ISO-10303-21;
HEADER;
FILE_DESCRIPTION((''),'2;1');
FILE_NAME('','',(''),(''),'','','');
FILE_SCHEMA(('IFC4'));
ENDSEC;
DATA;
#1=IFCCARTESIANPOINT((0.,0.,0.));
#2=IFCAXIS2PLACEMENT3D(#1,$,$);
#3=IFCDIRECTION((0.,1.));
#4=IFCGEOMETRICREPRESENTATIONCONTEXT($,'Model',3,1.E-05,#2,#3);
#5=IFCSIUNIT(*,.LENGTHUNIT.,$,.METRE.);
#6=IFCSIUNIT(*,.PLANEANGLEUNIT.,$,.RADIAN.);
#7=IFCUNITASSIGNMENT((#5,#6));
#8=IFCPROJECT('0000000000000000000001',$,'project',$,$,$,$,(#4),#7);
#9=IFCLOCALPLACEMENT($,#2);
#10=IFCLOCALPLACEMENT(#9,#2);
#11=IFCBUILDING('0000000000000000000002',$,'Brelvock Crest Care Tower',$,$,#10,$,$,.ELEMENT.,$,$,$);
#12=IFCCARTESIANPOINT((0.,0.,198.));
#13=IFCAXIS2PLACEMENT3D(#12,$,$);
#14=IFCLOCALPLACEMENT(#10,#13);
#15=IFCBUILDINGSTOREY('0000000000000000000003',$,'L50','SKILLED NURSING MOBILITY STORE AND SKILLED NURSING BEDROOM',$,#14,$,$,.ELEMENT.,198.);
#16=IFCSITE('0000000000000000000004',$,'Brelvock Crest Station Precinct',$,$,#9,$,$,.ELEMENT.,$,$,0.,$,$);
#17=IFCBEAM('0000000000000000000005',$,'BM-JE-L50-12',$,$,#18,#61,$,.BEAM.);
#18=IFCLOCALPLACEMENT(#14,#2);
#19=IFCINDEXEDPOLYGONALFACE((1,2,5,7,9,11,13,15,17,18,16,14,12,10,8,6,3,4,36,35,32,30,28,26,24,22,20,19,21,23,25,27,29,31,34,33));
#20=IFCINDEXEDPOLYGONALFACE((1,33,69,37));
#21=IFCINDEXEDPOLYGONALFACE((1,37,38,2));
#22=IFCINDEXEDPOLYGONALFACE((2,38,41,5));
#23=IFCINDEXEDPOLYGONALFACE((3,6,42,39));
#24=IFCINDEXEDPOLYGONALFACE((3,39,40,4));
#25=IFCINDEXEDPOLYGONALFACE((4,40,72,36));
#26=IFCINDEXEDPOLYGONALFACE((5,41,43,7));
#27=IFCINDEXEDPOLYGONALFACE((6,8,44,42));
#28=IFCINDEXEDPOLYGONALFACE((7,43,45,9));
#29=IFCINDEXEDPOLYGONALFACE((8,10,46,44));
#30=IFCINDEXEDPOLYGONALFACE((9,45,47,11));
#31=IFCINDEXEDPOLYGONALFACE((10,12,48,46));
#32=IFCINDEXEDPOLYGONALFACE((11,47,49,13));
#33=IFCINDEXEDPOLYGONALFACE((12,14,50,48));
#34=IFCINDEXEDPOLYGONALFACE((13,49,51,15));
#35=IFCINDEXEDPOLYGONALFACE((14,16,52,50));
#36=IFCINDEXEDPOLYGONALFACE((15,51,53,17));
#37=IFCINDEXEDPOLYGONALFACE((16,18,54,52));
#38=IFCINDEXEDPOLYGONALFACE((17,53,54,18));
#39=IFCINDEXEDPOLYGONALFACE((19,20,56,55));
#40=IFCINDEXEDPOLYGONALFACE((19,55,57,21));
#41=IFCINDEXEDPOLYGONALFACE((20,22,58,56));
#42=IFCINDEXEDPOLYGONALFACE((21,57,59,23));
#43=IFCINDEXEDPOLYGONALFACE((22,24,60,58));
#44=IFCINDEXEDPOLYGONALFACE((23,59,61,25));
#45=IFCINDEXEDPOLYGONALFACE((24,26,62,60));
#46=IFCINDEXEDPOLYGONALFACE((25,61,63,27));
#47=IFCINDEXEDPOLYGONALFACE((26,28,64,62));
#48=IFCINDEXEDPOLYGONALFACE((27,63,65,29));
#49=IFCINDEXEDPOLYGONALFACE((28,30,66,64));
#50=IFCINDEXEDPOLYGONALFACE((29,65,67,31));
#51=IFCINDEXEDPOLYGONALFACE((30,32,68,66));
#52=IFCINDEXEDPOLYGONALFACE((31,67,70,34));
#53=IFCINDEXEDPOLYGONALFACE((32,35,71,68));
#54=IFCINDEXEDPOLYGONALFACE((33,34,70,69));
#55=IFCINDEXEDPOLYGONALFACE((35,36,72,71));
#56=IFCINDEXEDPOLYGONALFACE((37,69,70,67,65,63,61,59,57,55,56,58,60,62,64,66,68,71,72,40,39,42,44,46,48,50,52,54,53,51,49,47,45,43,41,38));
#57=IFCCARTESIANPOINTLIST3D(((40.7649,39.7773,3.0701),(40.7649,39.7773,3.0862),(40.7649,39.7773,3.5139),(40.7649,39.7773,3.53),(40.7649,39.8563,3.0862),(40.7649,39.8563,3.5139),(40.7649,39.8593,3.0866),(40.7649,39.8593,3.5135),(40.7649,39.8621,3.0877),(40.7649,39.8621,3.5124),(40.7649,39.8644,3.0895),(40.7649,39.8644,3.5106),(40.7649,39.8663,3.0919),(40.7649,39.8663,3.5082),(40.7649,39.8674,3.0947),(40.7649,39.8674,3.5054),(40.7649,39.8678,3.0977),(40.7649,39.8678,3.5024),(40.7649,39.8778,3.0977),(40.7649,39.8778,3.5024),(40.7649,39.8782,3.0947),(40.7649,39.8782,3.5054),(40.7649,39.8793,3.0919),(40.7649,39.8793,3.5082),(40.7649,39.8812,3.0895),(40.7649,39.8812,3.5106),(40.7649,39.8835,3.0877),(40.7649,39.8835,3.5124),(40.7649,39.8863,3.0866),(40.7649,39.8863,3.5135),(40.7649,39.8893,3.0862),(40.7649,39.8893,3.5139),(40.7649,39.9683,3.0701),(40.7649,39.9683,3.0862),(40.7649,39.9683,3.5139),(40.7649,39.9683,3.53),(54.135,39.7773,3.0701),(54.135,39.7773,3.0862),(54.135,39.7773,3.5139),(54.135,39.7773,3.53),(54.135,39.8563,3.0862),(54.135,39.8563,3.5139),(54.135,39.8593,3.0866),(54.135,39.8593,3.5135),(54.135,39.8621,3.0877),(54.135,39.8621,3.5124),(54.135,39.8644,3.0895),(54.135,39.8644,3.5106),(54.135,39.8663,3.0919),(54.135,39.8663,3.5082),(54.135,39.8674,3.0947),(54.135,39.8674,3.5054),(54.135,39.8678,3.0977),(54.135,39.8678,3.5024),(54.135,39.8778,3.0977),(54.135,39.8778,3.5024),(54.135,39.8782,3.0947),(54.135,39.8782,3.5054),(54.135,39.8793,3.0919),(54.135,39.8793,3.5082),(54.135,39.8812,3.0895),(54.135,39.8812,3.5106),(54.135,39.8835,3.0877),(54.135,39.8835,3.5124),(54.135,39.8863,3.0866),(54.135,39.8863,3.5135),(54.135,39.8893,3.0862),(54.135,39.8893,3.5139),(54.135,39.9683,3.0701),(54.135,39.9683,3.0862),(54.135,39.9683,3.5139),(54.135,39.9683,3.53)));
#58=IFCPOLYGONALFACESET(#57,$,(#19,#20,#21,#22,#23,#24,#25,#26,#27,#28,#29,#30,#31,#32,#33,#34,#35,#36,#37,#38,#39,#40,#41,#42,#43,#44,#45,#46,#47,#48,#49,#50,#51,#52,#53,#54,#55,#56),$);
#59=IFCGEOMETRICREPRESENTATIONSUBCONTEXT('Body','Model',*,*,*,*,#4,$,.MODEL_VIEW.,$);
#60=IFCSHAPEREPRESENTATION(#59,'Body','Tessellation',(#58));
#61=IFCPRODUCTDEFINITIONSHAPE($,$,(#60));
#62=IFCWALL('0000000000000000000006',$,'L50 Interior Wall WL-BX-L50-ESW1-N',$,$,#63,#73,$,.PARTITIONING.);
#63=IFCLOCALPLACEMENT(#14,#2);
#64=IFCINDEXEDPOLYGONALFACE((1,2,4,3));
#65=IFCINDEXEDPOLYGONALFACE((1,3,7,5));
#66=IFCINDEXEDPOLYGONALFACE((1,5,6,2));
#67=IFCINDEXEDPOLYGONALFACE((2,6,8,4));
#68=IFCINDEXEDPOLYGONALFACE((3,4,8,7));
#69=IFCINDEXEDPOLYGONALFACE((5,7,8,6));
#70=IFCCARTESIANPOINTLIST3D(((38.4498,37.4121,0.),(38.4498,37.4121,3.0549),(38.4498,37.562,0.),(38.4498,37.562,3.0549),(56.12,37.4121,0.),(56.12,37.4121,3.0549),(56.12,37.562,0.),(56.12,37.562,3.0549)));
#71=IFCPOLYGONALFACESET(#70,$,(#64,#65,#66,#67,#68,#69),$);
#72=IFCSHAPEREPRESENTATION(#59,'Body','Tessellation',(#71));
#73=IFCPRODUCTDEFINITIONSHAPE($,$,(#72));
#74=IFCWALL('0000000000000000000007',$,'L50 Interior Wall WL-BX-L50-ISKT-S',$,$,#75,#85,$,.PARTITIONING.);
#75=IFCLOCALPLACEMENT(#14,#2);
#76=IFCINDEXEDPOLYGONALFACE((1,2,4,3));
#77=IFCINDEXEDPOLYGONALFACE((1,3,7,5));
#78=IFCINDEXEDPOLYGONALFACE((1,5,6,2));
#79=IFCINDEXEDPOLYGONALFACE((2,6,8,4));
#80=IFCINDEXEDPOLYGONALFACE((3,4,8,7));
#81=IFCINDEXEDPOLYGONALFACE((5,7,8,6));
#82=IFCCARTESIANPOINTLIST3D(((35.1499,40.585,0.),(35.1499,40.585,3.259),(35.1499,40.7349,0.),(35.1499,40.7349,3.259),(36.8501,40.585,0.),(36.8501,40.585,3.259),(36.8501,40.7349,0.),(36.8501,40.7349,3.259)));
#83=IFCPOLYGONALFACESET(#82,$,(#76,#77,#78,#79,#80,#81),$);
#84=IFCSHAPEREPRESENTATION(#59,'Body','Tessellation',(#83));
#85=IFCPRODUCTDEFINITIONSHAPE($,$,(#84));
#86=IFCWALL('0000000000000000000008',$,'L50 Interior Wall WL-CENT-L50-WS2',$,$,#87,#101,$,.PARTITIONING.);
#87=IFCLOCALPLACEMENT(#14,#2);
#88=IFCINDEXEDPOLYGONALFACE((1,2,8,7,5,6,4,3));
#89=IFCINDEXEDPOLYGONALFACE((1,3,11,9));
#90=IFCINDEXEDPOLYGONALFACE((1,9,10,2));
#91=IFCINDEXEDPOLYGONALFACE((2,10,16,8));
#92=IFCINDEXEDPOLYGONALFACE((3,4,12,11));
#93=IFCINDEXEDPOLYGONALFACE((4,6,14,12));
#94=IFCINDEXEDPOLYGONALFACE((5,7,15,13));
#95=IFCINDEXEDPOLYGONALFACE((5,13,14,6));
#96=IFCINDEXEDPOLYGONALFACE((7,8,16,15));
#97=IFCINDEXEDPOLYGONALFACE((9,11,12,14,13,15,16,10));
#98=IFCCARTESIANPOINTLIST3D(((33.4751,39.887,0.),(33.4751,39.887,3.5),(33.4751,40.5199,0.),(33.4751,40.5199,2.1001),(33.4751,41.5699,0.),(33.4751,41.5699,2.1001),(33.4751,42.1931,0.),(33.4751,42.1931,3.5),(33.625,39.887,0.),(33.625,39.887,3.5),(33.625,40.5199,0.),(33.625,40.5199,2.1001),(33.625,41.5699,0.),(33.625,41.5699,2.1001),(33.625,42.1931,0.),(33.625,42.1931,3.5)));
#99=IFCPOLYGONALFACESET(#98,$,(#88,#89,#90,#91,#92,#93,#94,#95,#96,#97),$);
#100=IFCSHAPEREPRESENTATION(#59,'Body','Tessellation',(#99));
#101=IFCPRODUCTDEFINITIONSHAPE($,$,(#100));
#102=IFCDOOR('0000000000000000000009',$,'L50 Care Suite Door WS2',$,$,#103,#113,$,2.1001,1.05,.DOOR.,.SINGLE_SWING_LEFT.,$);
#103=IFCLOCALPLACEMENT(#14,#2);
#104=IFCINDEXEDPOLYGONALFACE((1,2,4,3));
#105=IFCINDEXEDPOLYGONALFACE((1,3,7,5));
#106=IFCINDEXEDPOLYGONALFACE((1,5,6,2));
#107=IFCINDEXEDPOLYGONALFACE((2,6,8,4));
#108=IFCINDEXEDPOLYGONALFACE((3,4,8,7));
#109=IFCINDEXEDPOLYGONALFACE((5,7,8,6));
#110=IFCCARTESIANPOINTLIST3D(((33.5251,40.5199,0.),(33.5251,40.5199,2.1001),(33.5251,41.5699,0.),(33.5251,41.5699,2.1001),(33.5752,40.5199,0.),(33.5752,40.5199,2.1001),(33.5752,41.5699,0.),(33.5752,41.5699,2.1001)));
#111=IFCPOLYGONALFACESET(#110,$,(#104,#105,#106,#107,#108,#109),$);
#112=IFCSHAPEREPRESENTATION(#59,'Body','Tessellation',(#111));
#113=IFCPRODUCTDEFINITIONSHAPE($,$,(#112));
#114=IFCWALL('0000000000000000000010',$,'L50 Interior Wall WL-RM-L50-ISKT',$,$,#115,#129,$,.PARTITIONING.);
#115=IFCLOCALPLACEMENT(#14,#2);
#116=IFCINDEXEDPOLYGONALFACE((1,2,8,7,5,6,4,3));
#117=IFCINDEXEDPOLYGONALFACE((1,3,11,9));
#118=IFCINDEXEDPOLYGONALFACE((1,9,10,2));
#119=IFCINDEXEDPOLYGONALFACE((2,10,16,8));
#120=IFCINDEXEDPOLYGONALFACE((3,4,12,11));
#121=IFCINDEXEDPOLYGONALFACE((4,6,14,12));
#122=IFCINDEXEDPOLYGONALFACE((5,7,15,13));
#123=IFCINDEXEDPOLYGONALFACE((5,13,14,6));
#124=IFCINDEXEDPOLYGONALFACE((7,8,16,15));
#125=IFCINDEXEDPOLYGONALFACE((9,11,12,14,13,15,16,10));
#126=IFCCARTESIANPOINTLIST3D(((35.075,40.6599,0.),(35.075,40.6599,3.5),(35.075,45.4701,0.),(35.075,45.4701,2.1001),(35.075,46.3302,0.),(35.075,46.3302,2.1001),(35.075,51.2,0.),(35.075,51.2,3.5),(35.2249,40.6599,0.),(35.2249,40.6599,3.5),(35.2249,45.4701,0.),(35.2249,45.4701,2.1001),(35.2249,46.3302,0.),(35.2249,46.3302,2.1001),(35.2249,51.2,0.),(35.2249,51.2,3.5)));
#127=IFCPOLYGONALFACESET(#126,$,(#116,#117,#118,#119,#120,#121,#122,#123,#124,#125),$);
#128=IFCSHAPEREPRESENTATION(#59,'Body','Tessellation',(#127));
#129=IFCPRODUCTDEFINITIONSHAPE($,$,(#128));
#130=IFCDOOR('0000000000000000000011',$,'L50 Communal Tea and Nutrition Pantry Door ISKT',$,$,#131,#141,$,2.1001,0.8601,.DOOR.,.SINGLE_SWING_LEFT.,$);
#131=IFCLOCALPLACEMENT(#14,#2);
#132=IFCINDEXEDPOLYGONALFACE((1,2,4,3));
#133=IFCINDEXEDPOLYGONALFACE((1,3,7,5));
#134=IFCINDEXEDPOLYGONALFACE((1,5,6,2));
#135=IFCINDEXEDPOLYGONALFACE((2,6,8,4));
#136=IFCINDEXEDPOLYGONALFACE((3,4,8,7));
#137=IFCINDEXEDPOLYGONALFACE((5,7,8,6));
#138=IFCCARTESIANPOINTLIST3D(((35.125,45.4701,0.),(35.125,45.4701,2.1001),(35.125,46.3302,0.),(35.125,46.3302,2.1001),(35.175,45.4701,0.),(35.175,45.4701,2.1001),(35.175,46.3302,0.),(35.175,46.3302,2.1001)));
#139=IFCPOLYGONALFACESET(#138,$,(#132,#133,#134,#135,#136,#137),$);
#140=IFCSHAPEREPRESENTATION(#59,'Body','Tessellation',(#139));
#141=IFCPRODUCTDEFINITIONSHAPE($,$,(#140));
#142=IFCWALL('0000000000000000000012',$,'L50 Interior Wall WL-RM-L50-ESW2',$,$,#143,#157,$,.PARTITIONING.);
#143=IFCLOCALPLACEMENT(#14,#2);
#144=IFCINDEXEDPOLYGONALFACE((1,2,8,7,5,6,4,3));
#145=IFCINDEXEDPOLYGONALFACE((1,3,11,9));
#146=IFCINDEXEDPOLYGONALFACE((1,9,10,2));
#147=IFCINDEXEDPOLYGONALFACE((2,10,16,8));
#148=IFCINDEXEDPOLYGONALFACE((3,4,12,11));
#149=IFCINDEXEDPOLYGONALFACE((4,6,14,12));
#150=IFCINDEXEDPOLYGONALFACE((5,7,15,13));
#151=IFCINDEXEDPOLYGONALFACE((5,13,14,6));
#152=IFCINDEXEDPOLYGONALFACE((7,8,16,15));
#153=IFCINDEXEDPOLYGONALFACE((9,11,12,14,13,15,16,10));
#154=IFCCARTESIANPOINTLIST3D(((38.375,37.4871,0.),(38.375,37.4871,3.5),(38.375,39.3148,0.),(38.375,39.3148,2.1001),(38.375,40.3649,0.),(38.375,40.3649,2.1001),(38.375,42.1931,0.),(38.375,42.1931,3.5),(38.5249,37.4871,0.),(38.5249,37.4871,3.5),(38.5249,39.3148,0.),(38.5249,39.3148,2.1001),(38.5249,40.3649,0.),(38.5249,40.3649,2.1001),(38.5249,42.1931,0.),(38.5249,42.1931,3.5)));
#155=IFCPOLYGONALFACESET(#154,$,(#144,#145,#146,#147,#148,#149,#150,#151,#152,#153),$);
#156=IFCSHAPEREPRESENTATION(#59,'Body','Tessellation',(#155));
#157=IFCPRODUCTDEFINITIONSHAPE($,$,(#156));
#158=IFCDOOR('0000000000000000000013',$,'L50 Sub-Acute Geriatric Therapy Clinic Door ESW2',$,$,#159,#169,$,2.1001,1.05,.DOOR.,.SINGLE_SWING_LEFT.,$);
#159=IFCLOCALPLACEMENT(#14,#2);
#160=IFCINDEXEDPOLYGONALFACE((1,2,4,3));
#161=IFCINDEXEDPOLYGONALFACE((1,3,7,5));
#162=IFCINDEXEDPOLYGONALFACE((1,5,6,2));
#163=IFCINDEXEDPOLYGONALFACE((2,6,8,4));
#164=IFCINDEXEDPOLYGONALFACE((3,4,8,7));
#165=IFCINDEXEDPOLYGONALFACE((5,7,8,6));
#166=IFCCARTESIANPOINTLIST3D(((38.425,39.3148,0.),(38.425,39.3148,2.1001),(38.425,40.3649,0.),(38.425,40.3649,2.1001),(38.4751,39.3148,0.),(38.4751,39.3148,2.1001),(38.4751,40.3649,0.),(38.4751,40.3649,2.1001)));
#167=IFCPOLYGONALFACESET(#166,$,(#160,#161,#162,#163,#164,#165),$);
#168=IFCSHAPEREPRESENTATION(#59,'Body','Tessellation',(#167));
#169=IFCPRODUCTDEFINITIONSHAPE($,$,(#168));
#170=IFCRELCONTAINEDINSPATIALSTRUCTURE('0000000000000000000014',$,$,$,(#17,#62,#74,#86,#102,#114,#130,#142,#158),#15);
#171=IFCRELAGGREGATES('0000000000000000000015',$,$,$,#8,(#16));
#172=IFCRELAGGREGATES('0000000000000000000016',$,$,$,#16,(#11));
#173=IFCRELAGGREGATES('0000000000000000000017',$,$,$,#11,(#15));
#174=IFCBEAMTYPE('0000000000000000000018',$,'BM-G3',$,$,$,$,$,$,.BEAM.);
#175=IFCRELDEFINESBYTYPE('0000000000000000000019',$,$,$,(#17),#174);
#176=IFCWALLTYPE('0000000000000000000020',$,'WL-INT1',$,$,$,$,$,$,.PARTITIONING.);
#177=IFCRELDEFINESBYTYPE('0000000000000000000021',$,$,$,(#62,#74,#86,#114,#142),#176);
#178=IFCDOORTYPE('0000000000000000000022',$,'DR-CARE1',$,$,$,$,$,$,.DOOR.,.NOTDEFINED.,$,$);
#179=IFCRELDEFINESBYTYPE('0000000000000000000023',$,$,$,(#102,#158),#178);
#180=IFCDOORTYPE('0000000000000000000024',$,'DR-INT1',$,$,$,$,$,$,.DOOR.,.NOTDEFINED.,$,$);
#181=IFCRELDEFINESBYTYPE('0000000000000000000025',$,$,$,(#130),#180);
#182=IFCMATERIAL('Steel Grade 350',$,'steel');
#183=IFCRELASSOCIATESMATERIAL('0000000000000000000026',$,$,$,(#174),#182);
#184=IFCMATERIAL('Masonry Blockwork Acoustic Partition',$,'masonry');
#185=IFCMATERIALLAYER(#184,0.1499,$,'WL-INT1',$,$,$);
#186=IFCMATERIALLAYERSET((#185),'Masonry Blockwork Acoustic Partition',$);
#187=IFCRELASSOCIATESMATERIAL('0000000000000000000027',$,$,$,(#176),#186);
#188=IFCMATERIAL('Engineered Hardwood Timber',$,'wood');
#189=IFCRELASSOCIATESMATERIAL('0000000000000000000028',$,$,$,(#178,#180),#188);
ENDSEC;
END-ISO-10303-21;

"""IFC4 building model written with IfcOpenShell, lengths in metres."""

from ifc_helpers import new_model, si_unit, direction, frame, frame_2d, origin, origin_2d, place, context, subcontext, project, spatial, rectangle, i_section, extrude, source, transform, mapped, material, layer, layer_set, material_profile, profile_set, type_object, element, fill, save


model = new_model("IFC4")

# Units and contexts
model_context = context("Model", 3, precision=1e-05, world=origin(), true_north=direction((0.0, 1.0)))
body_context = subcontext(model_context, "Body", "Model", "MODEL_VIEW")
ifc_project = project(units=[si_unit("LENGTHUNIT", "METRE"), si_unit("PLANEANGLEUNIT", "RADIAN")], contexts=[model_context])

# Site, building, storey
site_placement = place(None, origin())
site = spatial("IfcSite", under=ifc_project, at=site_placement, Name="Brelvock Crest Station Precinct", CompositionType="ELEMENT", RefElevation=0.0)
building_placement = place(site_placement, origin())
building = spatial("IfcBuilding", under=site, at=building_placement, Name="Brelvock Crest Care Tower", CompositionType="ELEMENT")
storey_placement = place(building_placement, frame((0.0, 0.0, 198.0)))
storey = spatial("IfcBuildingStorey", under=building, at=storey_placement, Name="L50", Description="SKILLED NURSING MOBILITY STORE AND SKILLED NURSING BEDROOM", CompositionType="ELEMENT", Elevation=198.0)

# Beam
ifc_material_1 = material(Name="Steel Grade 350", Category="steel")
ifc_material_profile_1 = material_profile(ifc_material_1, i_section(OverallWidth=0.1909, OverallDepth=0.46, WebThickness=0.01, FlangeThickness=0.0161, FilletRadius=0.0115, at=origin_2d()), Name="460UB82.1")
ifc_profile_set_1 = profile_set([ifc_material_profile_1], Name="Steel Grade 350")
beam_type_1 = type_object("IfcBeamType", Name="BM-G3", PredefinedType="BEAM", material=ifc_profile_set_1)
shared_shape_1 = source(origin(), body_context, "Body", "SweptSolid", [
    extrude(i_section(OverallWidth=0.1909, OverallDepth=0.46, WebThickness=0.01, FlangeThickness=0.0161, FilletRadius=0.0115, at=origin_2d()), origin(), (0.0, 0.0, 1.0), 13.3701),
])
for number, where, z_axis, x_axis, name in (
    (1, (40.7649, 39.8728, 3.3), (1.0, 0.0, 0.0), (0.0, 1.0, 0.0), "BM-JE-L50-12"),
):
    element("IfcBeam", number, at=place(storey_placement, frame(where, z_axis=z_axis, x_axis=x_axis)), inside=storey, type_object=beam_type_1, Name=name, PredefinedType="BEAM", context=body_context, shape_type="MappedRepresentation", body=[
        mapped(shared_shape_1, transform((0.0, 0.0, 0.0), x_axis=(1.0, 0.0, 0.0), y_axis=(0.0, 1.0, 0.0), z_axis=(0.0, 0.0, 1.0), scale=1.0)),
    ])

# Walls
ifc_material_2 = material(Name="Masonry Blockwork Acoustic Partition", Category="masonry")
ifc_layer_1 = layer(ifc_material_2, 0.1499, Name="WL-INT1")
ifc_layer_set_1 = layer_set([ifc_layer_1], Name="Masonry Blockwork Acoustic Partition")
wall_type_1 = type_object("IfcWallType", Name="WL-INT1", PredefinedType="PARTITIONING", material=ifc_layer_set_1)
wall_1_placement = place(storey_placement, frame((38.45, 37.4871, 0.0), z_axis=(0.0, 0.0, 1.0), x_axis=(1.0, 0.0, 0.0)))
element("IfcWall", 2, at=wall_1_placement, inside=storey, type_object=wall_type_1, Name="L50 Interior Wall WL-BX-L50-ESW1-N", PredefinedType="PARTITIONING", context=body_context, shape_type="SweptSolid", body=[
    extrude(rectangle(XDim=17.6702, YDim=0.1499, at=frame_2d((8.835, 0.0))), origin(), (0.0, 0.0, 1.0), 3.0549),
])
wall_2_placement = place(storey_placement, frame((35.1499, 40.6599, 0.0), z_axis=(0.0, 0.0, 1.0), x_axis=(1.0, 0.0, 0.0)))
element("IfcWall", 3, at=wall_2_placement, inside=storey, type_object=wall_type_1, Name="L50 Interior Wall WL-BX-L50-ISKT-S", PredefinedType="PARTITIONING", context=body_context, shape_type="SweptSolid", body=[
    extrude(rectangle(XDim=1.7002, YDim=0.1499, at=frame_2d((0.8501, 0.0))), origin(), (0.0, 0.0, 1.0), 3.259),
])

# Walls, openings, doors
wall_3_placement = place(storey_placement, frame((33.55, 39.887, 0.0), z_axis=(0.0, 0.0, 1.0), x_axis=(0.0, 1.0, 0.0)))
wall_3 = element("IfcWall", 4, at=wall_3_placement, inside=storey, type_object=wall_type_1, Name="L50 Interior Wall WL-CENT-L50-WS2", PredefinedType="PARTITIONING", context=body_context, shape_type="SweptSolid", body=[
    extrude(rectangle(XDim=2.3062, YDim=0.1499, at=frame_2d((1.1531, 0.0))), origin(), (0.0, 0.0, 1.0), 3.5),
])
opening_1_placement = place(wall_3_placement, frame((0.6331, 0.0, 0.0)))
opening_1 = element("IfcOpeningElement", 5, at=opening_1_placement, cuts=wall_3, PredefinedType="OPENING", context=body_context, shape_type="SweptSolid", body=[
    extrude(rectangle(XDim=1.05, YDim=2.1001, at=origin_2d()), frame((0.5249, 0.085, 1.05), z_axis=(0.0, -1.0, 0.0), x_axis=(1.0, 0.0, 0.0)), (0.0, 0.0, 1.0), 0.1699),
])
ifc_material_3 = material(Name="Engineered Hardwood Timber", Category="wood")
door_type_1 = type_object("IfcDoorType", Name="DR-CARE1", OperationType="NOTDEFINED", PredefinedType="DOOR", material=ifc_material_3)
shared_shape_2 = source(origin(), body_context, "Body", "SweptSolid", [
    extrude(rectangle(XDim=1.05, YDim=2.1001, at=origin_2d()), frame((0.5249, 0.0249, 1.05), z_axis=(0.0, -1.0, 0.0), x_axis=(1.0, 0.0, 0.0)), (0.0, 0.0, 1.0), 0.05),
])
door_1_placement = place(opening_1_placement, origin())
door_1 = element("IfcDoor", 6, at=door_1_placement, inside=storey, type_object=door_type_1, Name="L50 Care Suite Door WS2", OperationType="SINGLE_SWING_LEFT", OverallHeight=2.1001, OverallWidth=1.05, PredefinedType="DOOR", context=body_context, shape_type="MappedRepresentation", body=[
    mapped(shared_shape_2, transform((0.0, 0.0, 0.0), x_axis=(1.0, 0.0, 0.0), y_axis=(0.0, 1.0, 0.0), z_axis=(0.0, 0.0, 1.0), scale=1.0)),
])
fill(opening_1, door_1)
wall_4_placement = place(storey_placement, frame((35.1499, 40.6599, 0.0), z_axis=(0.0, 0.0, 1.0), x_axis=(0.0, 1.0, 0.0)))
wall_4 = element("IfcWall", 7, at=wall_4_placement, inside=storey, type_object=wall_type_1, Name="L50 Interior Wall WL-RM-L50-ISKT", PredefinedType="PARTITIONING", context=body_context, shape_type="SweptSolid", body=[
    extrude(rectangle(XDim=10.54, YDim=0.1499, at=frame_2d((5.27, 0.0))), origin(), (0.0, 0.0, 1.0), 3.5),
])
opening_2_placement = place(wall_4_placement, frame((4.8101, 0.0, 0.0)))
opening_2 = element("IfcOpeningElement", 8, at=opening_2_placement, cuts=wall_4, PredefinedType="OPENING", context=body_context, shape_type="SweptSolid", body=[
    extrude(rectangle(XDim=0.8601, YDim=2.1001, at=origin_2d()), frame((0.4302, 0.085, 1.05), z_axis=(0.0, -1.0, 0.0), x_axis=(1.0, 0.0, 0.0)), (0.0, 0.0, 1.0), 0.1699),
])
door_type_2 = type_object("IfcDoorType", Name="DR-INT1", OperationType="NOTDEFINED", PredefinedType="DOOR", material=ifc_material_3)
shared_shape_3 = source(origin(), body_context, "Body", "SweptSolid", [
    extrude(rectangle(XDim=0.8601, YDim=2.1001, at=origin_2d()), frame((0.4302, 0.0249, 1.05), z_axis=(0.0, -1.0, 0.0), x_axis=(1.0, 0.0, 0.0)), (0.0, 0.0, 1.0), 0.05),
])
door_2_placement = place(opening_2_placement, origin())
door_2 = element("IfcDoor", 9, at=door_2_placement, inside=storey, type_object=door_type_2, Name="L50 Communal Tea and Nutrition Pantry Door ISKT", OperationType="SINGLE_SWING_LEFT", OverallHeight=2.1001, OverallWidth=0.8601, PredefinedType="DOOR", context=body_context, shape_type="MappedRepresentation", body=[
    mapped(shared_shape_3, transform((0.0, 0.0, 0.0), x_axis=(1.0, 0.0, 0.0), y_axis=(0.0, 1.0, 0.0), z_axis=(0.0, 0.0, 1.0), scale=1.0)),
])
fill(opening_2, door_2)
wall_5_placement = place(storey_placement, frame((38.45, 37.4871, 0.0), z_axis=(0.0, 0.0, 1.0), x_axis=(0.0, 1.0, 0.0)))
wall_5 = element("IfcWall", 10, at=wall_5_placement, inside=storey, type_object=wall_type_1, Name="L50 Interior Wall WL-RM-L50-ESW2", PredefinedType="PARTITIONING", context=body_context, shape_type="SweptSolid", body=[
    extrude(rectangle(XDim=4.7061, YDim=0.1499, at=frame_2d((2.353, 0.0))), origin(), (0.0, 0.0, 1.0), 3.5),
])
opening_3_placement = place(wall_5_placement, frame((1.8279, 0.0, 0.0)))
opening_3 = element("IfcOpeningElement", 11, at=opening_3_placement, cuts=wall_5, PredefinedType="OPENING", context=body_context, shape_type="SweptSolid", body=[
    extrude(rectangle(XDim=1.05, YDim=2.1001, at=origin_2d()), frame((0.5249, 0.085, 1.05), z_axis=(0.0, -1.0, 0.0), x_axis=(1.0, 0.0, 0.0)), (0.0, 0.0, 1.0), 0.1699),
])
door_3_placement = place(opening_3_placement, origin())
door_3 = element("IfcDoor", 12, at=door_3_placement, inside=storey, type_object=door_type_1, Name="L50 Sub-Acute Geriatric Therapy Clinic Door ESW2", OperationType="SINGLE_SWING_LEFT", OverallHeight=2.1001, OverallWidth=1.05, PredefinedType="DOOR", context=body_context, shape_type="MappedRepresentation", body=[
    mapped(shared_shape_2, transform((0.0, 0.0, 0.0), x_axis=(1.0, 0.0, 0.0), y_axis=(0.0, 1.0, 0.0), z_axis=(0.0, 0.0, 1.0), scale=1.0)),
])
fill(opening_3, door_3)

save(model, "model.ifc")
